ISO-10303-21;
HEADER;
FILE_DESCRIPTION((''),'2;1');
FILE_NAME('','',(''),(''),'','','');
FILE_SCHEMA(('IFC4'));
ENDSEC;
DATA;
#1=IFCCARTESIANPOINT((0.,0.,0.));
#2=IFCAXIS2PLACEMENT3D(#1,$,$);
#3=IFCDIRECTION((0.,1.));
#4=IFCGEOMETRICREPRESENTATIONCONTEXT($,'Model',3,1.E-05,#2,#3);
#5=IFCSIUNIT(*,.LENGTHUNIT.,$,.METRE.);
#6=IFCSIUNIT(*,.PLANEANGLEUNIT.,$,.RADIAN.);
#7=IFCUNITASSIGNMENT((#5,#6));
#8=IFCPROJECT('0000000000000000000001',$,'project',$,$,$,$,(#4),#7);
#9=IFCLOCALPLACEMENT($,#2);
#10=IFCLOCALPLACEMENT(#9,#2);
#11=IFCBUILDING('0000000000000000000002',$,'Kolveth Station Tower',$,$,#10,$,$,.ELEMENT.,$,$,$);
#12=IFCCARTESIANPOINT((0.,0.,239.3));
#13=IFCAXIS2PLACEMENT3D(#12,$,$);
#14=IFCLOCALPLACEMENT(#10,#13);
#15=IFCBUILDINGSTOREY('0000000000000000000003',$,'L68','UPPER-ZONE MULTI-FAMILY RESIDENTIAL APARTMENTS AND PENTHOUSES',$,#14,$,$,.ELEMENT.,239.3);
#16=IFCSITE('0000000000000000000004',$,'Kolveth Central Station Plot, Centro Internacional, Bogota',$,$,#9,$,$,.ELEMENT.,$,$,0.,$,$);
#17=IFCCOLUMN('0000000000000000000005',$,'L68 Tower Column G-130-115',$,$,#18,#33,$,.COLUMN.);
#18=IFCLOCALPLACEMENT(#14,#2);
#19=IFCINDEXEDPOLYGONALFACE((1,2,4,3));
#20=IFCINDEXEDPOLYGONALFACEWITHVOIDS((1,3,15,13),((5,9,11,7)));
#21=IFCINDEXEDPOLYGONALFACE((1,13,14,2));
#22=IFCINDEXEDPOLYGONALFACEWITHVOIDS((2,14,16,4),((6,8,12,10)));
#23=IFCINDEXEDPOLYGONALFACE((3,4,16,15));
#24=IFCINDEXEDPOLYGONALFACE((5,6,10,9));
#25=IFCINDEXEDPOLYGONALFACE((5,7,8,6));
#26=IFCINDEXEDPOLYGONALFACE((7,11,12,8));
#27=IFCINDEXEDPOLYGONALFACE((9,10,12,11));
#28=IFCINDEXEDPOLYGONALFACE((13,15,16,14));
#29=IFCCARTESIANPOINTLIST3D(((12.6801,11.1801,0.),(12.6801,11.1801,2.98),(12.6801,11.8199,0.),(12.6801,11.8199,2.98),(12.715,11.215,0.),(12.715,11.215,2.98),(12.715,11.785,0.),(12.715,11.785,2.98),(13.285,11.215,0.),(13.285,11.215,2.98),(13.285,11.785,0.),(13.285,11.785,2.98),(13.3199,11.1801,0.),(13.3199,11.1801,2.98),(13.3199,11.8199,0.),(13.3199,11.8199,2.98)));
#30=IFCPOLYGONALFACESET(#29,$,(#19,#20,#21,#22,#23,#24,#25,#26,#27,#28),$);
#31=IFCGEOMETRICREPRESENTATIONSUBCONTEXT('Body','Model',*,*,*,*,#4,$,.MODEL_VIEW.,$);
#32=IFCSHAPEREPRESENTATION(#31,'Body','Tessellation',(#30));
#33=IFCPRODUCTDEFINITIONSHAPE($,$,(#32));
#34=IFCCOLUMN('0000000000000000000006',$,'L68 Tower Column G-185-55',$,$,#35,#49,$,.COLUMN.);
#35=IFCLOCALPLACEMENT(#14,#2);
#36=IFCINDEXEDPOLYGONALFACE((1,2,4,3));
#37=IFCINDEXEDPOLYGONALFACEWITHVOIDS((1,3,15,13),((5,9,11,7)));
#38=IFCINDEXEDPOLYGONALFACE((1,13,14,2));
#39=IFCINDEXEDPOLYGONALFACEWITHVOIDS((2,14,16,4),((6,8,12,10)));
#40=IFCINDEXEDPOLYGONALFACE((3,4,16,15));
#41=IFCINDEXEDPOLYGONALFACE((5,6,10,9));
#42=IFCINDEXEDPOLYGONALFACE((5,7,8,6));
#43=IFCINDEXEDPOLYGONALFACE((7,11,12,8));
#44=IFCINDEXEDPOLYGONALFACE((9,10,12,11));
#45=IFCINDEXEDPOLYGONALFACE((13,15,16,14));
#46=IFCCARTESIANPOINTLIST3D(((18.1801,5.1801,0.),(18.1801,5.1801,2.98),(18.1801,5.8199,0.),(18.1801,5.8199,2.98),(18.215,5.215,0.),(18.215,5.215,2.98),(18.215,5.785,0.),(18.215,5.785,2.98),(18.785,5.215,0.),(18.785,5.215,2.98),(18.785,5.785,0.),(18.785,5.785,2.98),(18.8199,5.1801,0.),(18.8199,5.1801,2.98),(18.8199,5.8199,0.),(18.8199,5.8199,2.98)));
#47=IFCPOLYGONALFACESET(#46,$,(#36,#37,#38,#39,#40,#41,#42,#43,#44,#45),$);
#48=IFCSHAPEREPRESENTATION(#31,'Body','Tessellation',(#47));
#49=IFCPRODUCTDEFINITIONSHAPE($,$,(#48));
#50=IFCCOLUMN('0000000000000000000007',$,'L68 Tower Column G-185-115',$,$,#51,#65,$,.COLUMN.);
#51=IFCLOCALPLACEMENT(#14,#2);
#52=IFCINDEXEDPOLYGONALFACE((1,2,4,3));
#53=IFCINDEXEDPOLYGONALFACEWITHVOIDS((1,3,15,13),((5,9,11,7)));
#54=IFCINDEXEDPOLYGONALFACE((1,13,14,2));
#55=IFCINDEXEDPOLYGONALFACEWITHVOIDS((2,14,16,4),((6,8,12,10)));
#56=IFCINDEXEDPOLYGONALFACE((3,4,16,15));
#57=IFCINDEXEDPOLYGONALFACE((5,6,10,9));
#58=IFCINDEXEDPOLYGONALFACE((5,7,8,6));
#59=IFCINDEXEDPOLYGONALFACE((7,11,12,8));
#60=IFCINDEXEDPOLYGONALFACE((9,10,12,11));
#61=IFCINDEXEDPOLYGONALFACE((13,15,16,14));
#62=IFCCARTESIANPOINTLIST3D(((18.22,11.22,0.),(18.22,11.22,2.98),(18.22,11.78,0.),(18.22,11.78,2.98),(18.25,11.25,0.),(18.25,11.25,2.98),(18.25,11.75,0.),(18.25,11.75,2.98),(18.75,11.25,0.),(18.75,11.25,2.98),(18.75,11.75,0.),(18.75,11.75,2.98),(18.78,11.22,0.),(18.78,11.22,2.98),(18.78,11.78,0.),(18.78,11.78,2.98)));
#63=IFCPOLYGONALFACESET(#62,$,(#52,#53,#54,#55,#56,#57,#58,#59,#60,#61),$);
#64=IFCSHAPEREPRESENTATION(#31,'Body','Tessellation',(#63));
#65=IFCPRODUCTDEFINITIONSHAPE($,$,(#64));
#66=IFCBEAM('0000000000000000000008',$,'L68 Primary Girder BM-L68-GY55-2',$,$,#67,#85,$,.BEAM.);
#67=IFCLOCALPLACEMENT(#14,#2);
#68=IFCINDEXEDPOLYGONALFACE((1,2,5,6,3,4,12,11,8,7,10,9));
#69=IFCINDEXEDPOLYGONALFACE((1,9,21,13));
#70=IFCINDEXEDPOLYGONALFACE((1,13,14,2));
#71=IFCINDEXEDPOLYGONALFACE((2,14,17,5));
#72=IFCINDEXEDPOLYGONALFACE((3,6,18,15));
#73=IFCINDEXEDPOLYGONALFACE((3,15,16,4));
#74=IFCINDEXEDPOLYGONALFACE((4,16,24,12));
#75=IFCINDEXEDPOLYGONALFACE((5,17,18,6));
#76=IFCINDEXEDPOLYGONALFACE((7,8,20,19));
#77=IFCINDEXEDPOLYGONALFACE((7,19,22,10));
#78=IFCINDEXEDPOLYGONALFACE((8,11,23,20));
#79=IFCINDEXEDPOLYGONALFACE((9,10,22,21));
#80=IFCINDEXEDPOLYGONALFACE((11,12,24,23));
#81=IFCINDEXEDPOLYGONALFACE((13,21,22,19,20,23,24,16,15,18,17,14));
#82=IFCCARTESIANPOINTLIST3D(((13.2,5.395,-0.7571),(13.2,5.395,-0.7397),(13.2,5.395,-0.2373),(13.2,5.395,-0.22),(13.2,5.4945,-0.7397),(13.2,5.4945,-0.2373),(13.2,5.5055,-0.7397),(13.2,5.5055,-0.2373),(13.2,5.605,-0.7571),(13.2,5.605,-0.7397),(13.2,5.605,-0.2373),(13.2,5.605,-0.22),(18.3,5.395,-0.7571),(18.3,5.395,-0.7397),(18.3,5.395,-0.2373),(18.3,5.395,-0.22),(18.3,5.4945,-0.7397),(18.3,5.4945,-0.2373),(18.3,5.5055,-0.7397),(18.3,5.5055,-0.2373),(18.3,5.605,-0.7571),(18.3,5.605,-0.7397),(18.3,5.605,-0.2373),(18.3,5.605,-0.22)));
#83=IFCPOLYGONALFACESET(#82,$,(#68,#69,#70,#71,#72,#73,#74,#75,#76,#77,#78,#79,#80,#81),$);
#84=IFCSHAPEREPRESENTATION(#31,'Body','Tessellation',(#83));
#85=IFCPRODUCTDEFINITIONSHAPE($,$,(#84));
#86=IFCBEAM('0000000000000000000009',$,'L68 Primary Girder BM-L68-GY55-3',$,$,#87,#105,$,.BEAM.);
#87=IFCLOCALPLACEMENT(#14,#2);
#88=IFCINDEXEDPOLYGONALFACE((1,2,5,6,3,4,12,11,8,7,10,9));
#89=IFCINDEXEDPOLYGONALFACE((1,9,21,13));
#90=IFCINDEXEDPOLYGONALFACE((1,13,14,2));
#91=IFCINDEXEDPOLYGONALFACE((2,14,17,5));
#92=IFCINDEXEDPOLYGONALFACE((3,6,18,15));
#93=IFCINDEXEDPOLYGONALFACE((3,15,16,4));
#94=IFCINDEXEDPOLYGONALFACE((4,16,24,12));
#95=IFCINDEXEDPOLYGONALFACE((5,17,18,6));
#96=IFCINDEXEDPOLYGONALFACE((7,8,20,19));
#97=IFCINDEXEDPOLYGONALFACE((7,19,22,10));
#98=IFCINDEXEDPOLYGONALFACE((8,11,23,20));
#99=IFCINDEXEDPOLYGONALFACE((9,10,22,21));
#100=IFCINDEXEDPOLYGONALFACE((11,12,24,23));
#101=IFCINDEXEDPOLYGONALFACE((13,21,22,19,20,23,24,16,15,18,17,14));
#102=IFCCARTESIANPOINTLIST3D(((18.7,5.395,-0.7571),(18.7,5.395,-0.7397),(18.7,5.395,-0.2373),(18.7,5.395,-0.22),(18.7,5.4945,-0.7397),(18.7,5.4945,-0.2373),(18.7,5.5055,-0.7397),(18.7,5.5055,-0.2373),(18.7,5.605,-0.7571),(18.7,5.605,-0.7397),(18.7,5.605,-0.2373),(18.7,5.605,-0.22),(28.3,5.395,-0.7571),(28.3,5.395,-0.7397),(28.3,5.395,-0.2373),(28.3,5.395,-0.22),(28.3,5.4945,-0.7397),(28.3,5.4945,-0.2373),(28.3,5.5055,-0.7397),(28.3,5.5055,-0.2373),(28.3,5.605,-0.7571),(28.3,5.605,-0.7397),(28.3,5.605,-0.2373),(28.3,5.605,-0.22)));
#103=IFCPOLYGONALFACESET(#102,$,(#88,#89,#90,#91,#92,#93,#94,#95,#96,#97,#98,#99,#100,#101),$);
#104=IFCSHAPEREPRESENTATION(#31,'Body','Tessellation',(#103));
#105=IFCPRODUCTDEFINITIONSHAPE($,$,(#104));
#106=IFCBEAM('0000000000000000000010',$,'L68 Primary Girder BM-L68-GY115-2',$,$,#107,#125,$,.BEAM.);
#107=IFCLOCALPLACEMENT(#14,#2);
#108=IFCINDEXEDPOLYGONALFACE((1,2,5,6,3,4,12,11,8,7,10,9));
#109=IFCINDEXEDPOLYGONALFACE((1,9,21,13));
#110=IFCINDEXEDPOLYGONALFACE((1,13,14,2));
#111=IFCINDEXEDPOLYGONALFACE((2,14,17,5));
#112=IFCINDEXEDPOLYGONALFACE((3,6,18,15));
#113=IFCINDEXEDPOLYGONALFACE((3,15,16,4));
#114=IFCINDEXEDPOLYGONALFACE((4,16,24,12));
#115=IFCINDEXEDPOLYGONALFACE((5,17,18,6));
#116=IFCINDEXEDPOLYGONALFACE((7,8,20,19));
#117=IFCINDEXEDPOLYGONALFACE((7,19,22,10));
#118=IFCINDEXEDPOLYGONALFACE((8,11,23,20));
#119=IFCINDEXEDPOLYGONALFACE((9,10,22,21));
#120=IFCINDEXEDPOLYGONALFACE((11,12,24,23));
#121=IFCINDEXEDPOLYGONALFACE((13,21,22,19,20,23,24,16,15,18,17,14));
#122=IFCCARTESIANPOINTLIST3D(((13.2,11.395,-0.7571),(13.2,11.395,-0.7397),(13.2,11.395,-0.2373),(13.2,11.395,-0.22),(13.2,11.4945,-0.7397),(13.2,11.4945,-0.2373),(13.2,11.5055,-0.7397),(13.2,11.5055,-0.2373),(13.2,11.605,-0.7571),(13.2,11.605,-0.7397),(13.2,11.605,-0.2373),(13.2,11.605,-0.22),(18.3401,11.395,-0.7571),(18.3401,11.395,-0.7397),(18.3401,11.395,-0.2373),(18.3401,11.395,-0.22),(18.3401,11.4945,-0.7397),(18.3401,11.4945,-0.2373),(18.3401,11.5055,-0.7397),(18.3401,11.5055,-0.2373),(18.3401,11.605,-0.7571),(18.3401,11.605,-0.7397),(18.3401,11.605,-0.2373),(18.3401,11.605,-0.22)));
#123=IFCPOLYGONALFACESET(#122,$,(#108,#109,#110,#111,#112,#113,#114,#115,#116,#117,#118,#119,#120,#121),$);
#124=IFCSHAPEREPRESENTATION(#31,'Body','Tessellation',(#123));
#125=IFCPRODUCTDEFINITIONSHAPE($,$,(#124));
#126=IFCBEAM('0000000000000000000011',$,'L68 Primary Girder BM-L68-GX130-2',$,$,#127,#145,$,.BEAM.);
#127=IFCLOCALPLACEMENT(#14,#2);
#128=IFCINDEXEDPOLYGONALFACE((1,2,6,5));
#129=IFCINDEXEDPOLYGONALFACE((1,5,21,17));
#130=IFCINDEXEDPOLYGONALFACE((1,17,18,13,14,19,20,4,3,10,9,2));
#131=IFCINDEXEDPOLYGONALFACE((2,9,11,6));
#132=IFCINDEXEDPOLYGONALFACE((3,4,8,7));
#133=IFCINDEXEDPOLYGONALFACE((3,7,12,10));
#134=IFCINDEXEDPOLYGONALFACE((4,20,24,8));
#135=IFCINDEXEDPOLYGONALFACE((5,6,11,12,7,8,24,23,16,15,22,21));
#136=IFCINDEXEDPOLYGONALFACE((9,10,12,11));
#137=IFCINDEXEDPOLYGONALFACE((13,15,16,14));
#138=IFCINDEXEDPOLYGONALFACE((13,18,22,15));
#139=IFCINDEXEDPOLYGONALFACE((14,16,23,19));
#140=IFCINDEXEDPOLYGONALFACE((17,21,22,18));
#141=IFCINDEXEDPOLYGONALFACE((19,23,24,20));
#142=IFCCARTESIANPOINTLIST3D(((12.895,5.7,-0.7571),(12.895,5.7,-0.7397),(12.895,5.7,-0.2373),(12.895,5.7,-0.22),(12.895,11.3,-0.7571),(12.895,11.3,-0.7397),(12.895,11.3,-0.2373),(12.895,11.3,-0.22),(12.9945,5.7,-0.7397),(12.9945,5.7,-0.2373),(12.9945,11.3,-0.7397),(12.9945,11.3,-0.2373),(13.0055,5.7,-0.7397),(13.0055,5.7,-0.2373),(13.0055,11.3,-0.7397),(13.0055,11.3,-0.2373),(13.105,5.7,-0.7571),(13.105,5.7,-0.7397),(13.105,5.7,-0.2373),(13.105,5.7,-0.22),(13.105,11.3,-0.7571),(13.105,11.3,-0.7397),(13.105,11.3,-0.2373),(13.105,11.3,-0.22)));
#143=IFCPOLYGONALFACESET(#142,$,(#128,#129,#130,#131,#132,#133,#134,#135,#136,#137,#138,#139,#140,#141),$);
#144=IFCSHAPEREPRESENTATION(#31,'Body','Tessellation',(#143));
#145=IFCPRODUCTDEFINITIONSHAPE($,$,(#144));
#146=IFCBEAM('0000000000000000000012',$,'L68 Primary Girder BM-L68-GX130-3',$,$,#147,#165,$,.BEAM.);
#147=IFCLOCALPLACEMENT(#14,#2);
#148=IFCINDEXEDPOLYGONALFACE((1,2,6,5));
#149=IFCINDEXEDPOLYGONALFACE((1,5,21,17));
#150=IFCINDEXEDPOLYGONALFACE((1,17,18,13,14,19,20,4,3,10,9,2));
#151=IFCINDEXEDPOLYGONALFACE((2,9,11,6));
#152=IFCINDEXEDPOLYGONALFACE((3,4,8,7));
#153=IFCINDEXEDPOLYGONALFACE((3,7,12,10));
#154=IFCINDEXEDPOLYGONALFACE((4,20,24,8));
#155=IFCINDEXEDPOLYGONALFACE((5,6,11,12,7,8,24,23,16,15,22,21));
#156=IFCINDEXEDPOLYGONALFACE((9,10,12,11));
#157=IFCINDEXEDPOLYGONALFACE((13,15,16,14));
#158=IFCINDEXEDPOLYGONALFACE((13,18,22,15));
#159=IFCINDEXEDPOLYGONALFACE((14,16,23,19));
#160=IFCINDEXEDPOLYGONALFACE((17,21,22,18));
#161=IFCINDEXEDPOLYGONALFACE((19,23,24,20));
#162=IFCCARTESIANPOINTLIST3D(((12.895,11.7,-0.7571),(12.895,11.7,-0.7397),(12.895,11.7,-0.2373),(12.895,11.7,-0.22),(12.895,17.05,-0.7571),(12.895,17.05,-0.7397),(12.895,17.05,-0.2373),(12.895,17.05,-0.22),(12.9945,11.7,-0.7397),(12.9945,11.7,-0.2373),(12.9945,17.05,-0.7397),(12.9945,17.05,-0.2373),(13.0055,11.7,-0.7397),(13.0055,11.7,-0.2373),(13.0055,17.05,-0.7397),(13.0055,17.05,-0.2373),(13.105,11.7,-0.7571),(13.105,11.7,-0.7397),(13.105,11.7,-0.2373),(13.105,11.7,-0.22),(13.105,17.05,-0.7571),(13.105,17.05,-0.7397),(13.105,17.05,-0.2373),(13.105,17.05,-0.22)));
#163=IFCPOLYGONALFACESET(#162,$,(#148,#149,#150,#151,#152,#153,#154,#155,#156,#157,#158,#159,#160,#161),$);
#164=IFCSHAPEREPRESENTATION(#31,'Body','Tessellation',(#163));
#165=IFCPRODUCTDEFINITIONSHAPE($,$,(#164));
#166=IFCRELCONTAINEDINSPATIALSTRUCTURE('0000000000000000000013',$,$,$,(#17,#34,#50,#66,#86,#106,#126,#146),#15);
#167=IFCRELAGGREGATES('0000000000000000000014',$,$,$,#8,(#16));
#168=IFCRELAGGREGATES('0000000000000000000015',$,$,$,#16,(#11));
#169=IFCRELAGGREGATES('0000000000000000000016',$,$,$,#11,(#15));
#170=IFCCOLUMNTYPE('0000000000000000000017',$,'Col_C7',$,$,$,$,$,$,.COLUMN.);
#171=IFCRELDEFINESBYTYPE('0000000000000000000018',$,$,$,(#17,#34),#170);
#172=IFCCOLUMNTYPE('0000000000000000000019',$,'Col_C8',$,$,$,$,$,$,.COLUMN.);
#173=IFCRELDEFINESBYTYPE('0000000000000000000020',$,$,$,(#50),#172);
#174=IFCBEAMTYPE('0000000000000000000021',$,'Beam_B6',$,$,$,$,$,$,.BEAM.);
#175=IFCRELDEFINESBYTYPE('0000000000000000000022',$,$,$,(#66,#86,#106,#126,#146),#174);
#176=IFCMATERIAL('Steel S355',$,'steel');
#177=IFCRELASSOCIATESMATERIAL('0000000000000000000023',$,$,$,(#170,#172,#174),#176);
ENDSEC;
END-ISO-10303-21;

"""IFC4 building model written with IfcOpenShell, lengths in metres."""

from ifc_helpers import new_model, si_unit, direction, frame, origin, origin_2d, place, context, subcontext, project, spatial, hollow_rectangle, i_section, extrude, source, transform, mapped, material, material_profile, profile_set, type_object, element, save


model = new_model("IFC4")

# Units and contexts
model_context = context("Model", 3, precision=1e-05, world=origin(), true_north=direction((0.0, 1.0)))
body_context = subcontext(model_context, "Body", "Model", "MODEL_VIEW")
ifc_project = project(units=[si_unit("LENGTHUNIT", "METRE"), si_unit("PLANEANGLEUNIT", "RADIAN")], contexts=[model_context])

# Site, building, storey
site_placement = place(None, origin())
site = spatial("IfcSite", under=ifc_project, at=site_placement, Name="Kolveth Central Station Plot, Centro Internacional, Bogota", CompositionType="ELEMENT", RefElevation=0.0)
building_placement = place(site_placement, origin())
building = spatial("IfcBuilding", under=site, at=building_placement, Name="Kolveth Station Tower", CompositionType="ELEMENT")
storey_placement = place(building_placement, frame((0.0, 0.0, 239.3)))
storey = spatial("IfcBuildingStorey", under=building, at=storey_placement, Name="L68", Description="UPPER-ZONE MULTI-FAMILY RESIDENTIAL APARTMENTS AND PENTHOUSES", CompositionType="ELEMENT", Elevation=239.3)

# Columns
ifc_material_1 = material(Name="Steel S355", Category="steel")
ifc_material_profile_1 = material_profile(ifc_material_1, hollow_rectangle(XDim=0.6399, YDim=0.6399, WallThickness=0.0349, at=origin_2d()), Name="BOX640x640x35")
ifc_profile_set_1 = profile_set([ifc_material_profile_1], Name="Steel S355")
column_type_1 = type_object("IfcColumnType", Name="Col_C7", PredefinedType="COLUMN", material=ifc_profile_set_1)
shared_shape_1 = source(origin(), body_context, "Body", "SweptSolid", [
    extrude(hollow_rectangle(XDim=0.6399, YDim=0.6399, WallThickness=0.0349, at=origin_2d()), origin(), (0.0, 0.0, 1.0), 2.98),
])
for number, where, z_axis, x_axis, name in (
    (1, (13.0, 11.5, 0.0), (0.0, 0.0, 1.0), (1.0, 0.0, 0.0), "L68 Tower Column G-130-115"),
    (2, (18.5, 5.5, 0.0), (0.0, 0.0, 1.0), (1.0, 0.0, 0.0), "L68 Tower Column G-185-55"),
):
    element("IfcColumn", number, at=place(storey_placement, frame(where, z_axis=z_axis, x_axis=x_axis)), inside=storey, type_object=column_type_1, Name=name, PredefinedType="COLUMN", context=body_context, shape_type="MappedRepresentation", body=[
        mapped(shared_shape_1, transform((0.0, 0.0, 0.0), x_axis=(1.0, 0.0, 0.0), y_axis=(0.0, 1.0, 0.0), z_axis=(0.0, 0.0, 1.0), scale=1.0)),
    ])
ifc_material_profile_2 = material_profile(ifc_material_1, hollow_rectangle(XDim=0.5601, YDim=0.5601, WallThickness=0.03, at=origin_2d()), Name="BOX560x560x30")
ifc_profile_set_2 = profile_set([ifc_material_profile_2], Name="Steel S355")
column_type_2 = type_object("IfcColumnType", Name="Col_C8", PredefinedType="COLUMN", material=ifc_profile_set_2)
shared_shape_2 = source(origin(), body_context, "Body", "SweptSolid", [
    extrude(hollow_rectangle(XDim=0.5601, YDim=0.5601, WallThickness=0.03, at=origin_2d()), origin(), (0.0, 0.0, 1.0), 2.98),
])
column_placement = place(storey_placement, frame((18.5, 11.5, 0.0), z_axis=(0.0, 0.0, 1.0), x_axis=(1.0, 0.0, 0.0)))
element("IfcColumn", 3, at=column_placement, inside=storey, type_object=column_type_2, Name="L68 Tower Column G-185-115", PredefinedType="COLUMN", context=body_context, shape_type="MappedRepresentation", body=[
    mapped(shared_shape_2, transform((0.0, 0.0, 0.0), x_axis=(1.0, 0.0, 0.0), y_axis=(0.0, 1.0, 0.0), z_axis=(0.0, 0.0, 1.0), scale=1.0)),
])

# Beams
ifc_material_profile_3 = material_profile(ifc_material_1, i_section(OverallWidth=0.21, OverallDepth=0.5371, WebThickness=0.011, FlangeThickness=0.0173, at=origin_2d()), Name="W530x101")
ifc_profile_set_3 = profile_set([ifc_material_profile_3], Name="Steel S355")
beam_type_1 = type_object("IfcBeamType", Name="Beam_B6", PredefinedType="BEAM", material=ifc_profile_set_3)
shared_shape_3 = source(origin(), body_context, "Body", "SweptSolid", [
    extrude(i_section(OverallWidth=0.21, OverallDepth=0.5371, WebThickness=0.011, FlangeThickness=0.0173, at=origin_2d()), origin(), (0.0, 0.0, 1.0), 5.1001),
])
beam_1_placement = place(storey_placement, frame((13.2, 5.5, -0.4885), z_axis=(1.0, 0.0, 0.0), x_axis=(0.0, 1.0, 0.0)))
element("IfcBeam", 4, at=beam_1_placement, inside=storey, type_object=beam_type_1, Name="L68 Primary Girder BM-L68-GY55-2", PredefinedType="BEAM", context=body_context, shape_type="MappedRepresentation", body=[
    mapped(shared_shape_3, transform((0.0, 0.0, 0.0), x_axis=(1.0, 0.0, 0.0), y_axis=(0.0, 1.0, 0.0), z_axis=(0.0, 0.0, 1.0), scale=1.0)),
])
shared_shape_4 = source(origin(), body_context, "Body", "SweptSolid", [
    extrude(i_section(OverallWidth=0.21, OverallDepth=0.5371, WebThickness=0.011, FlangeThickness=0.0173, at=origin_2d()), origin(), (0.0, 0.0, 1.0), 9.6001),
])
beam_2_placement = place(storey_placement, frame((18.7, 5.5, -0.4885), z_axis=(1.0, 0.0, 0.0), x_axis=(0.0, 1.0, 0.0)))
element("IfcBeam", 5, at=beam_2_placement, inside=storey, type_object=beam_type_1, Name="L68 Primary Girder BM-L68-GY55-3", PredefinedType="BEAM", context=body_context, shape_type="MappedRepresentation", body=[
    mapped(shared_shape_4, transform((0.0, 0.0, 0.0), x_axis=(1.0, 0.0, 0.0), y_axis=(0.0, 1.0, 0.0), z_axis=(0.0, 0.0, 1.0), scale=1.0)),
])
shared_shape_5 = source(origin(), body_context, "Body", "SweptSolid", [
    extrude(i_section(OverallWidth=0.21, OverallDepth=0.5371, WebThickness=0.011, FlangeThickness=0.0173, at=origin_2d()), origin(), (0.0, 0.0, 1.0), 5.1401),
])
beam_3_placement = place(storey_placement, frame((13.2, 11.5, -0.4885), z_axis=(1.0, 0.0, 0.0), x_axis=(0.0, 1.0, 0.0)))
element("IfcBeam", 6, at=beam_3_placement, inside=storey, type_object=beam_type_1, Name="L68 Primary Girder BM-L68-GY115-2", PredefinedType="BEAM", context=body_context, shape_type="MappedRepresentation", body=[
    mapped(shared_shape_5, transform((0.0, 0.0, 0.0), x_axis=(1.0, 0.0, 0.0), y_axis=(0.0, 1.0, 0.0), z_axis=(0.0, 0.0, 1.0), scale=1.0)),
])
shared_shape_6 = source(origin(), body_context, "Body", "SweptSolid", [
    extrude(i_section(OverallWidth=0.21, OverallDepth=0.5371, WebThickness=0.011, FlangeThickness=0.0173, at=origin_2d()), origin(), (0.0, 0.0, 1.0), 5.6001),
])
beam_4_placement = place(storey_placement, frame((13.0, 5.7, -0.4885), z_axis=(0.0, 1.0, 0.0), x_axis=(-1.0, 0.0, 0.0)))
element("IfcBeam", 7, at=beam_4_placement, inside=storey, type_object=beam_type_1, Name="L68 Primary Girder BM-L68-GX130-2", PredefinedType="BEAM", context=body_context, shape_type="MappedRepresentation", body=[
    mapped(shared_shape_6, transform((0.0, 0.0, 0.0), x_axis=(1.0, 0.0, 0.0), y_axis=(0.0, 1.0, 0.0), z_axis=(0.0, 0.0, 1.0), scale=1.0)),
])
shared_shape_7 = source(origin(), body_context, "Body", "SweptSolid", [
    extrude(i_section(OverallWidth=0.21, OverallDepth=0.5371, WebThickness=0.011, FlangeThickness=0.0173, at=origin_2d()), origin(), (0.0, 0.0, 1.0), 5.3501),
])
beam_5_placement = place(storey_placement, frame((13.0, 11.7, -0.4885), z_axis=(0.0, 1.0, 0.0), x_axis=(-1.0, 0.0, 0.0)))
element("IfcBeam", 8, at=beam_5_placement, inside=storey, type_object=beam_type_1, Name="L68 Primary Girder BM-L68-GX130-3", PredefinedType="BEAM", context=body_context, shape_type="MappedRepresentation", body=[
    mapped(shared_shape_7, transform((0.0, 0.0, 0.0), x_axis=(1.0, 0.0, 0.0), y_axis=(0.0, 1.0, 0.0), z_axis=(0.0, 0.0, 1.0), scale=1.0)),
])

save(model, "model.ifc")
